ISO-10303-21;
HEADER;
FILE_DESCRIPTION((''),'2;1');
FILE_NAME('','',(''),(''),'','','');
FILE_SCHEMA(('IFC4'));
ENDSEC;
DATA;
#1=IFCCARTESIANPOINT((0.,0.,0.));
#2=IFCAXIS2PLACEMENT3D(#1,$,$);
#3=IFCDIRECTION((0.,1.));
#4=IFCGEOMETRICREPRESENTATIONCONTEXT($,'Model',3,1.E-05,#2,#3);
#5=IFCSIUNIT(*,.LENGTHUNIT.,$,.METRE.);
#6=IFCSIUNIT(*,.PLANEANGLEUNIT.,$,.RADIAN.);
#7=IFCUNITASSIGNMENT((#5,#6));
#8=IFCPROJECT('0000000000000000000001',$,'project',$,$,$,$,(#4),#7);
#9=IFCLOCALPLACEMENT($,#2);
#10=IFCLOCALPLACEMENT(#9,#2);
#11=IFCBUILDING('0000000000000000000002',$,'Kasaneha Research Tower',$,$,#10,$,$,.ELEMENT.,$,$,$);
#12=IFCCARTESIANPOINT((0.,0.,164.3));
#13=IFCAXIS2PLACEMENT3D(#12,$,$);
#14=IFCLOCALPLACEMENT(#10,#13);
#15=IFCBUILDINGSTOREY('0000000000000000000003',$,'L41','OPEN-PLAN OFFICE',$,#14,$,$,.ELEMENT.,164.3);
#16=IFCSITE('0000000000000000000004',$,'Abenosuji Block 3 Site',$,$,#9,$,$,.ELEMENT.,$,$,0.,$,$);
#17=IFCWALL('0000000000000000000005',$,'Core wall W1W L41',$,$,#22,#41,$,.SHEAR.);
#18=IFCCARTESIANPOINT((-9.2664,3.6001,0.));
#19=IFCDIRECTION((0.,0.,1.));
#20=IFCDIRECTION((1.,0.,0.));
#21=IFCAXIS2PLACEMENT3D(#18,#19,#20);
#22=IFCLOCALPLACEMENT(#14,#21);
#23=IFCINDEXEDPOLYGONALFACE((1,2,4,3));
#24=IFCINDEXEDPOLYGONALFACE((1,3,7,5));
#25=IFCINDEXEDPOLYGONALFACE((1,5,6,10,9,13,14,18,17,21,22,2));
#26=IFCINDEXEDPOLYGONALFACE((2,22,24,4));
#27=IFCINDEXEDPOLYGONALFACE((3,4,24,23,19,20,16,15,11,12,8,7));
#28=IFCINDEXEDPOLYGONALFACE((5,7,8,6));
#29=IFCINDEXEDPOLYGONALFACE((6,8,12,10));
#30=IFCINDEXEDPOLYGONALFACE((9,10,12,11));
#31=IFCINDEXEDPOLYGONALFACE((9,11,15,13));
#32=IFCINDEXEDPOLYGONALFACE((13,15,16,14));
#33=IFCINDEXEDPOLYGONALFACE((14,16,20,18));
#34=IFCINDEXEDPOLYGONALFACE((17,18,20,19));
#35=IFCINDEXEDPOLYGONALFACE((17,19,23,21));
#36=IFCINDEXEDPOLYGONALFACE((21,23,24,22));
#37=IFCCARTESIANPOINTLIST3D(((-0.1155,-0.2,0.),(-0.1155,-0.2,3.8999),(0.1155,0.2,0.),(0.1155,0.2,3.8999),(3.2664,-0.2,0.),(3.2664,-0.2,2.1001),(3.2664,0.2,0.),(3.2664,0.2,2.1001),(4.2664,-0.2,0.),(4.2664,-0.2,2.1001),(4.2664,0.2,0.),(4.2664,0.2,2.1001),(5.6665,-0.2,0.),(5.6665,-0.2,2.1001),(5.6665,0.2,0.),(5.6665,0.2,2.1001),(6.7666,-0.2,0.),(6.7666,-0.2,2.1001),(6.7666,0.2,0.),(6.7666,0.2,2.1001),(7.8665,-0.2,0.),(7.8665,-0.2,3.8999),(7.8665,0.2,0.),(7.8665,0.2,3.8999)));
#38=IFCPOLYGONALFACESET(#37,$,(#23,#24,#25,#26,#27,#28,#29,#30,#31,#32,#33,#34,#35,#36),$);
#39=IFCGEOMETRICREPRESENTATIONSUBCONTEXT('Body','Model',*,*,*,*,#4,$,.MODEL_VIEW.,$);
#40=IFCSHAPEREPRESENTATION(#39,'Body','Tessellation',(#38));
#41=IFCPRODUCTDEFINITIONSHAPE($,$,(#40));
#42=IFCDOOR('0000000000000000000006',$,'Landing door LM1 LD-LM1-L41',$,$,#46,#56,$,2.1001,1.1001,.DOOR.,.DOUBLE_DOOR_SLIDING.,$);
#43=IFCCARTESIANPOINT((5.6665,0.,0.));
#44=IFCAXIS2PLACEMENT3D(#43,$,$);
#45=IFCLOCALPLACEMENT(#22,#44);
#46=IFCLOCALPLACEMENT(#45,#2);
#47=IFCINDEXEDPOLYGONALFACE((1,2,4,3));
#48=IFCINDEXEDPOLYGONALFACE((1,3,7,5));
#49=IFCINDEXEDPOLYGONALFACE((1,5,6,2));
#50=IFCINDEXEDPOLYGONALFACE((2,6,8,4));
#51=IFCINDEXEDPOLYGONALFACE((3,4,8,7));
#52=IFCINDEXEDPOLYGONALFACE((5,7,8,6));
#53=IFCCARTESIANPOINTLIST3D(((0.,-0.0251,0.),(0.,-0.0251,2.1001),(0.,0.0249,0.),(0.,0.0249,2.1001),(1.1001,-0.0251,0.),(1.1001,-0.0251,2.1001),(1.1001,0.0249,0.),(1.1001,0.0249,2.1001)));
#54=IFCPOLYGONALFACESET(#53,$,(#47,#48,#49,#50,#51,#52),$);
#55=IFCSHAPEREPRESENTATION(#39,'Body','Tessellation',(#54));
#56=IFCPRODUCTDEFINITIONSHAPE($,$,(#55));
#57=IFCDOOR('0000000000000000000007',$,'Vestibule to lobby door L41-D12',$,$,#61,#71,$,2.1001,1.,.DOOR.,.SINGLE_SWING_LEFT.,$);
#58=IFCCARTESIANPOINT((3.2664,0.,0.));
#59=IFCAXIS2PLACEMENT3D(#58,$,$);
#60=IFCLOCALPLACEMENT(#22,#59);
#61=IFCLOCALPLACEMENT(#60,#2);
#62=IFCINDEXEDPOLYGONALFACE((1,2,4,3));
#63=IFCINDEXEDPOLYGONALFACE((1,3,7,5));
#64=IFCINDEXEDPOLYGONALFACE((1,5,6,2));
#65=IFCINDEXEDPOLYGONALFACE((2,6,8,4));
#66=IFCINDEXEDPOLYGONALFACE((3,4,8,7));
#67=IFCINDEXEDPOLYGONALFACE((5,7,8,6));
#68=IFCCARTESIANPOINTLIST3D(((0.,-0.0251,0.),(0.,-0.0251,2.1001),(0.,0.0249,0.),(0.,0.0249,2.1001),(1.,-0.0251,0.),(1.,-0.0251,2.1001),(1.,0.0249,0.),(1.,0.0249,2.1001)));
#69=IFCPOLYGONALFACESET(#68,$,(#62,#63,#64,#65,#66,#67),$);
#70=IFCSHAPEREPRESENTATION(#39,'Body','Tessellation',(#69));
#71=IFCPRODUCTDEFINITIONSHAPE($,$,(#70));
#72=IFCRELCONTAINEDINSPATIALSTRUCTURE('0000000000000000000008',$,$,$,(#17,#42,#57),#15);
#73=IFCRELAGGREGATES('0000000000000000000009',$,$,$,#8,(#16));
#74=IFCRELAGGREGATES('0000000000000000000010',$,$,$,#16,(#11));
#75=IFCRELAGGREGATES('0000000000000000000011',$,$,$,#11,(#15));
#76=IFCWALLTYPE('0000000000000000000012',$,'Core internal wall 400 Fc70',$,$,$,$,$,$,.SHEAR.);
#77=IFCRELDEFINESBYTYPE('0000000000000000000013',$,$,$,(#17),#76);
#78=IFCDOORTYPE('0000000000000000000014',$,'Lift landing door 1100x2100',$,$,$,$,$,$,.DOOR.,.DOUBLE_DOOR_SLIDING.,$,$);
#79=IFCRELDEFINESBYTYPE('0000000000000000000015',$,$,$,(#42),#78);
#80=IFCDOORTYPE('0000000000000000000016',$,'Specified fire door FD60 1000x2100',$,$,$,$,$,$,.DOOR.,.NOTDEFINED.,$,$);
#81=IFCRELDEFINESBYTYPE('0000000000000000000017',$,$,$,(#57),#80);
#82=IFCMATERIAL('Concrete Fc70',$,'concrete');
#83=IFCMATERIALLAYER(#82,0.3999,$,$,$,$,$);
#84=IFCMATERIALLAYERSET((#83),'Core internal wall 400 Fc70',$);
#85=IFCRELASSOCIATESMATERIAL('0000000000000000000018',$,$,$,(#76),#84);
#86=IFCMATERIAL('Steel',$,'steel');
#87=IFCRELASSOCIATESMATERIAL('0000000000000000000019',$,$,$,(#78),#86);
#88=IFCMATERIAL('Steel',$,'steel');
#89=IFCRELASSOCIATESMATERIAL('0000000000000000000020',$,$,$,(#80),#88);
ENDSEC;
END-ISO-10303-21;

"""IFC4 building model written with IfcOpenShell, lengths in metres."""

from ifc_helpers import new_model, si_unit, direction, frame, frame_2d, origin, place, context, subcontext, project, spatial, polyline, rectangle, outline, extrude, material, layer, layer_set, type_object, element, fill, save


model = new_model("IFC4")

# Units and contexts
model_context = context("Model", 3, precision=1e-05, world=origin(), true_north=direction((0.0, 1.0)))
body_context = subcontext(model_context, "Body", "Model", "MODEL_VIEW")
ifc_project = project(units=[si_unit("LENGTHUNIT", "METRE"), si_unit("PLANEANGLEUNIT", "RADIAN")], contexts=[model_context])

# Site, building, storey
site_placement = place(None, origin())
site = spatial("IfcSite", under=ifc_project, at=site_placement, Name="Abenosuji Block 3 Site", CompositionType="ELEMENT", RefElevation=0.0)
building_placement = place(site_placement, origin())
building = spatial("IfcBuilding", under=site, at=building_placement, Name="Kasaneha Research Tower", CompositionType="ELEMENT")
storey_placement = place(building_placement, frame((0.0, 0.0, 164.3)))
storey = spatial("IfcBuildingStorey", under=building, at=storey_placement, Name="L41", Description="OPEN-PLAN OFFICE", CompositionType="ELEMENT", Elevation=164.3)

# Wall, openings, doors
ifc_material_1 = material(Name="Concrete Fc70", Category="concrete")
ifc_layer_1 = layer(ifc_material_1, 0.3999)
ifc_layer_set_1 = layer_set([ifc_layer_1], Name="Core internal wall 400 Fc70")
wall_type = type_object("IfcWallType", Name="Core internal wall 400 Fc70", PredefinedType="SHEAR", material=ifc_layer_set_1)
wall_1_placement = place(storey_placement, frame((-9.2664, 3.6001, 0.0), z_axis=(0.0, 0.0, 1.0), x_axis=(1.0, 0.0, 0.0)))
wall_1 = element("IfcWall", 1, at=wall_1_placement, inside=storey, type_object=wall_type, Name="Core wall W1W L41", PredefinedType="SHEAR", context=body_context, shape_type="SweptSolid", body=[
    extrude(outline(polyline([(-0.1155, -0.2), (3.2664, -0.2), (4.2664, -0.2), (5.6665, -0.2), (6.7666, -0.2), (7.8665, -0.2), (7.8665, 0.2), (6.7666, 0.2), (5.6665, 0.2), (4.2664, 0.2), (3.2664, 0.2), (0.1155, 0.2), (-0.1155, -0.2)])), origin(), (0.0, 0.0, 1.0), 3.8999),
])
opening_1_placement = place(wall_1_placement, frame((3.2664, 0.0, 0.0)))
opening_1 = element("IfcOpeningElement", 2, at=opening_1_placement, cuts=wall_1, PredefinedType="OPENING", context=body_context, shape_type="SweptSolid", body=[
    extrude(rectangle(XDim=1.0, YDim=2.1001, at=frame_2d((0.5, 1.05))), frame((0.0, 0.21, 0.0), z_axis=(0.0, -1.0, 0.0), x_axis=(1.0, 0.0, 0.0)), (0.0, 0.0, 1.0), 0.4199),
])
opening_2_placement = place(wall_1_placement, frame((5.6665, 0.0, 0.0)))
opening_2 = element("IfcOpeningElement", 3, at=opening_2_placement, cuts=wall_1, PredefinedType="OPENING", context=body_context, shape_type="SweptSolid", body=[
    extrude(rectangle(XDim=1.1001, YDim=2.1001, at=frame_2d((0.55, 1.05))), frame((0.0, 0.21, 0.0), z_axis=(0.0, -1.0, 0.0), x_axis=(1.0, 0.0, 0.0)), (0.0, 0.0, 1.0), 0.4199),
])
ifc_material_2 = material(Name="Steel", Category="steel")
door_type_1 = type_object("IfcDoorType", Name="Lift landing door 1100x2100", OperationType="DOUBLE_DOOR_SLIDING", PredefinedType="DOOR", material=ifc_material_2)
door_1_placement = place(opening_2_placement, origin())
door_1 = element("IfcDoor", 4, at=door_1_placement, inside=storey, type_object=door_type_1, Name="Landing door LM1 LD-LM1-L41", OperationType="DOUBLE_DOOR_SLIDING", OverallHeight=2.1001, OverallWidth=1.1001, PredefinedType="DOOR", context=body_context, shape_type="SweptSolid", body=[
    extrude(rectangle(XDim=1.1001, YDim=2.1001, at=frame_2d((0.55, 1.05))), frame((0.0, 0.0249, 0.0), z_axis=(0.0, -1.0, 0.0), x_axis=(1.0, 0.0, 0.0)), (0.0, 0.0, 1.0), 0.05),
])
fill(opening_2, door_1)
ifc_material_3 = material(Name="Steel", Category="steel")
door_type_2 = type_object("IfcDoorType", Name="Specified fire door FD60 1000x2100", OperationType="NOTDEFINED", PredefinedType="DOOR", material=ifc_material_3)
door_2_placement = place(opening_1_placement, origin())
door_2 = element("IfcDoor", 5, at=door_2_placement, inside=storey, type_object=door_type_2, Name="Vestibule to lobby door L41-D12", OperationType="SINGLE_SWING_LEFT", OverallHeight=2.1001, OverallWidth=1.0, PredefinedType="DOOR", context=body_context, shape_type="SweptSolid", body=[
    extrude(rectangle(XDim=1.0, YDim=2.1001, at=frame_2d((0.5, 1.05))), frame((0.0, 0.0249, 0.0), z_axis=(0.0, -1.0, 0.0), x_axis=(1.0, 0.0, 0.0)), (0.0, 0.0, 1.0), 0.05),
])
fill(opening_1, door_2)

save(model, "model.ifc")
